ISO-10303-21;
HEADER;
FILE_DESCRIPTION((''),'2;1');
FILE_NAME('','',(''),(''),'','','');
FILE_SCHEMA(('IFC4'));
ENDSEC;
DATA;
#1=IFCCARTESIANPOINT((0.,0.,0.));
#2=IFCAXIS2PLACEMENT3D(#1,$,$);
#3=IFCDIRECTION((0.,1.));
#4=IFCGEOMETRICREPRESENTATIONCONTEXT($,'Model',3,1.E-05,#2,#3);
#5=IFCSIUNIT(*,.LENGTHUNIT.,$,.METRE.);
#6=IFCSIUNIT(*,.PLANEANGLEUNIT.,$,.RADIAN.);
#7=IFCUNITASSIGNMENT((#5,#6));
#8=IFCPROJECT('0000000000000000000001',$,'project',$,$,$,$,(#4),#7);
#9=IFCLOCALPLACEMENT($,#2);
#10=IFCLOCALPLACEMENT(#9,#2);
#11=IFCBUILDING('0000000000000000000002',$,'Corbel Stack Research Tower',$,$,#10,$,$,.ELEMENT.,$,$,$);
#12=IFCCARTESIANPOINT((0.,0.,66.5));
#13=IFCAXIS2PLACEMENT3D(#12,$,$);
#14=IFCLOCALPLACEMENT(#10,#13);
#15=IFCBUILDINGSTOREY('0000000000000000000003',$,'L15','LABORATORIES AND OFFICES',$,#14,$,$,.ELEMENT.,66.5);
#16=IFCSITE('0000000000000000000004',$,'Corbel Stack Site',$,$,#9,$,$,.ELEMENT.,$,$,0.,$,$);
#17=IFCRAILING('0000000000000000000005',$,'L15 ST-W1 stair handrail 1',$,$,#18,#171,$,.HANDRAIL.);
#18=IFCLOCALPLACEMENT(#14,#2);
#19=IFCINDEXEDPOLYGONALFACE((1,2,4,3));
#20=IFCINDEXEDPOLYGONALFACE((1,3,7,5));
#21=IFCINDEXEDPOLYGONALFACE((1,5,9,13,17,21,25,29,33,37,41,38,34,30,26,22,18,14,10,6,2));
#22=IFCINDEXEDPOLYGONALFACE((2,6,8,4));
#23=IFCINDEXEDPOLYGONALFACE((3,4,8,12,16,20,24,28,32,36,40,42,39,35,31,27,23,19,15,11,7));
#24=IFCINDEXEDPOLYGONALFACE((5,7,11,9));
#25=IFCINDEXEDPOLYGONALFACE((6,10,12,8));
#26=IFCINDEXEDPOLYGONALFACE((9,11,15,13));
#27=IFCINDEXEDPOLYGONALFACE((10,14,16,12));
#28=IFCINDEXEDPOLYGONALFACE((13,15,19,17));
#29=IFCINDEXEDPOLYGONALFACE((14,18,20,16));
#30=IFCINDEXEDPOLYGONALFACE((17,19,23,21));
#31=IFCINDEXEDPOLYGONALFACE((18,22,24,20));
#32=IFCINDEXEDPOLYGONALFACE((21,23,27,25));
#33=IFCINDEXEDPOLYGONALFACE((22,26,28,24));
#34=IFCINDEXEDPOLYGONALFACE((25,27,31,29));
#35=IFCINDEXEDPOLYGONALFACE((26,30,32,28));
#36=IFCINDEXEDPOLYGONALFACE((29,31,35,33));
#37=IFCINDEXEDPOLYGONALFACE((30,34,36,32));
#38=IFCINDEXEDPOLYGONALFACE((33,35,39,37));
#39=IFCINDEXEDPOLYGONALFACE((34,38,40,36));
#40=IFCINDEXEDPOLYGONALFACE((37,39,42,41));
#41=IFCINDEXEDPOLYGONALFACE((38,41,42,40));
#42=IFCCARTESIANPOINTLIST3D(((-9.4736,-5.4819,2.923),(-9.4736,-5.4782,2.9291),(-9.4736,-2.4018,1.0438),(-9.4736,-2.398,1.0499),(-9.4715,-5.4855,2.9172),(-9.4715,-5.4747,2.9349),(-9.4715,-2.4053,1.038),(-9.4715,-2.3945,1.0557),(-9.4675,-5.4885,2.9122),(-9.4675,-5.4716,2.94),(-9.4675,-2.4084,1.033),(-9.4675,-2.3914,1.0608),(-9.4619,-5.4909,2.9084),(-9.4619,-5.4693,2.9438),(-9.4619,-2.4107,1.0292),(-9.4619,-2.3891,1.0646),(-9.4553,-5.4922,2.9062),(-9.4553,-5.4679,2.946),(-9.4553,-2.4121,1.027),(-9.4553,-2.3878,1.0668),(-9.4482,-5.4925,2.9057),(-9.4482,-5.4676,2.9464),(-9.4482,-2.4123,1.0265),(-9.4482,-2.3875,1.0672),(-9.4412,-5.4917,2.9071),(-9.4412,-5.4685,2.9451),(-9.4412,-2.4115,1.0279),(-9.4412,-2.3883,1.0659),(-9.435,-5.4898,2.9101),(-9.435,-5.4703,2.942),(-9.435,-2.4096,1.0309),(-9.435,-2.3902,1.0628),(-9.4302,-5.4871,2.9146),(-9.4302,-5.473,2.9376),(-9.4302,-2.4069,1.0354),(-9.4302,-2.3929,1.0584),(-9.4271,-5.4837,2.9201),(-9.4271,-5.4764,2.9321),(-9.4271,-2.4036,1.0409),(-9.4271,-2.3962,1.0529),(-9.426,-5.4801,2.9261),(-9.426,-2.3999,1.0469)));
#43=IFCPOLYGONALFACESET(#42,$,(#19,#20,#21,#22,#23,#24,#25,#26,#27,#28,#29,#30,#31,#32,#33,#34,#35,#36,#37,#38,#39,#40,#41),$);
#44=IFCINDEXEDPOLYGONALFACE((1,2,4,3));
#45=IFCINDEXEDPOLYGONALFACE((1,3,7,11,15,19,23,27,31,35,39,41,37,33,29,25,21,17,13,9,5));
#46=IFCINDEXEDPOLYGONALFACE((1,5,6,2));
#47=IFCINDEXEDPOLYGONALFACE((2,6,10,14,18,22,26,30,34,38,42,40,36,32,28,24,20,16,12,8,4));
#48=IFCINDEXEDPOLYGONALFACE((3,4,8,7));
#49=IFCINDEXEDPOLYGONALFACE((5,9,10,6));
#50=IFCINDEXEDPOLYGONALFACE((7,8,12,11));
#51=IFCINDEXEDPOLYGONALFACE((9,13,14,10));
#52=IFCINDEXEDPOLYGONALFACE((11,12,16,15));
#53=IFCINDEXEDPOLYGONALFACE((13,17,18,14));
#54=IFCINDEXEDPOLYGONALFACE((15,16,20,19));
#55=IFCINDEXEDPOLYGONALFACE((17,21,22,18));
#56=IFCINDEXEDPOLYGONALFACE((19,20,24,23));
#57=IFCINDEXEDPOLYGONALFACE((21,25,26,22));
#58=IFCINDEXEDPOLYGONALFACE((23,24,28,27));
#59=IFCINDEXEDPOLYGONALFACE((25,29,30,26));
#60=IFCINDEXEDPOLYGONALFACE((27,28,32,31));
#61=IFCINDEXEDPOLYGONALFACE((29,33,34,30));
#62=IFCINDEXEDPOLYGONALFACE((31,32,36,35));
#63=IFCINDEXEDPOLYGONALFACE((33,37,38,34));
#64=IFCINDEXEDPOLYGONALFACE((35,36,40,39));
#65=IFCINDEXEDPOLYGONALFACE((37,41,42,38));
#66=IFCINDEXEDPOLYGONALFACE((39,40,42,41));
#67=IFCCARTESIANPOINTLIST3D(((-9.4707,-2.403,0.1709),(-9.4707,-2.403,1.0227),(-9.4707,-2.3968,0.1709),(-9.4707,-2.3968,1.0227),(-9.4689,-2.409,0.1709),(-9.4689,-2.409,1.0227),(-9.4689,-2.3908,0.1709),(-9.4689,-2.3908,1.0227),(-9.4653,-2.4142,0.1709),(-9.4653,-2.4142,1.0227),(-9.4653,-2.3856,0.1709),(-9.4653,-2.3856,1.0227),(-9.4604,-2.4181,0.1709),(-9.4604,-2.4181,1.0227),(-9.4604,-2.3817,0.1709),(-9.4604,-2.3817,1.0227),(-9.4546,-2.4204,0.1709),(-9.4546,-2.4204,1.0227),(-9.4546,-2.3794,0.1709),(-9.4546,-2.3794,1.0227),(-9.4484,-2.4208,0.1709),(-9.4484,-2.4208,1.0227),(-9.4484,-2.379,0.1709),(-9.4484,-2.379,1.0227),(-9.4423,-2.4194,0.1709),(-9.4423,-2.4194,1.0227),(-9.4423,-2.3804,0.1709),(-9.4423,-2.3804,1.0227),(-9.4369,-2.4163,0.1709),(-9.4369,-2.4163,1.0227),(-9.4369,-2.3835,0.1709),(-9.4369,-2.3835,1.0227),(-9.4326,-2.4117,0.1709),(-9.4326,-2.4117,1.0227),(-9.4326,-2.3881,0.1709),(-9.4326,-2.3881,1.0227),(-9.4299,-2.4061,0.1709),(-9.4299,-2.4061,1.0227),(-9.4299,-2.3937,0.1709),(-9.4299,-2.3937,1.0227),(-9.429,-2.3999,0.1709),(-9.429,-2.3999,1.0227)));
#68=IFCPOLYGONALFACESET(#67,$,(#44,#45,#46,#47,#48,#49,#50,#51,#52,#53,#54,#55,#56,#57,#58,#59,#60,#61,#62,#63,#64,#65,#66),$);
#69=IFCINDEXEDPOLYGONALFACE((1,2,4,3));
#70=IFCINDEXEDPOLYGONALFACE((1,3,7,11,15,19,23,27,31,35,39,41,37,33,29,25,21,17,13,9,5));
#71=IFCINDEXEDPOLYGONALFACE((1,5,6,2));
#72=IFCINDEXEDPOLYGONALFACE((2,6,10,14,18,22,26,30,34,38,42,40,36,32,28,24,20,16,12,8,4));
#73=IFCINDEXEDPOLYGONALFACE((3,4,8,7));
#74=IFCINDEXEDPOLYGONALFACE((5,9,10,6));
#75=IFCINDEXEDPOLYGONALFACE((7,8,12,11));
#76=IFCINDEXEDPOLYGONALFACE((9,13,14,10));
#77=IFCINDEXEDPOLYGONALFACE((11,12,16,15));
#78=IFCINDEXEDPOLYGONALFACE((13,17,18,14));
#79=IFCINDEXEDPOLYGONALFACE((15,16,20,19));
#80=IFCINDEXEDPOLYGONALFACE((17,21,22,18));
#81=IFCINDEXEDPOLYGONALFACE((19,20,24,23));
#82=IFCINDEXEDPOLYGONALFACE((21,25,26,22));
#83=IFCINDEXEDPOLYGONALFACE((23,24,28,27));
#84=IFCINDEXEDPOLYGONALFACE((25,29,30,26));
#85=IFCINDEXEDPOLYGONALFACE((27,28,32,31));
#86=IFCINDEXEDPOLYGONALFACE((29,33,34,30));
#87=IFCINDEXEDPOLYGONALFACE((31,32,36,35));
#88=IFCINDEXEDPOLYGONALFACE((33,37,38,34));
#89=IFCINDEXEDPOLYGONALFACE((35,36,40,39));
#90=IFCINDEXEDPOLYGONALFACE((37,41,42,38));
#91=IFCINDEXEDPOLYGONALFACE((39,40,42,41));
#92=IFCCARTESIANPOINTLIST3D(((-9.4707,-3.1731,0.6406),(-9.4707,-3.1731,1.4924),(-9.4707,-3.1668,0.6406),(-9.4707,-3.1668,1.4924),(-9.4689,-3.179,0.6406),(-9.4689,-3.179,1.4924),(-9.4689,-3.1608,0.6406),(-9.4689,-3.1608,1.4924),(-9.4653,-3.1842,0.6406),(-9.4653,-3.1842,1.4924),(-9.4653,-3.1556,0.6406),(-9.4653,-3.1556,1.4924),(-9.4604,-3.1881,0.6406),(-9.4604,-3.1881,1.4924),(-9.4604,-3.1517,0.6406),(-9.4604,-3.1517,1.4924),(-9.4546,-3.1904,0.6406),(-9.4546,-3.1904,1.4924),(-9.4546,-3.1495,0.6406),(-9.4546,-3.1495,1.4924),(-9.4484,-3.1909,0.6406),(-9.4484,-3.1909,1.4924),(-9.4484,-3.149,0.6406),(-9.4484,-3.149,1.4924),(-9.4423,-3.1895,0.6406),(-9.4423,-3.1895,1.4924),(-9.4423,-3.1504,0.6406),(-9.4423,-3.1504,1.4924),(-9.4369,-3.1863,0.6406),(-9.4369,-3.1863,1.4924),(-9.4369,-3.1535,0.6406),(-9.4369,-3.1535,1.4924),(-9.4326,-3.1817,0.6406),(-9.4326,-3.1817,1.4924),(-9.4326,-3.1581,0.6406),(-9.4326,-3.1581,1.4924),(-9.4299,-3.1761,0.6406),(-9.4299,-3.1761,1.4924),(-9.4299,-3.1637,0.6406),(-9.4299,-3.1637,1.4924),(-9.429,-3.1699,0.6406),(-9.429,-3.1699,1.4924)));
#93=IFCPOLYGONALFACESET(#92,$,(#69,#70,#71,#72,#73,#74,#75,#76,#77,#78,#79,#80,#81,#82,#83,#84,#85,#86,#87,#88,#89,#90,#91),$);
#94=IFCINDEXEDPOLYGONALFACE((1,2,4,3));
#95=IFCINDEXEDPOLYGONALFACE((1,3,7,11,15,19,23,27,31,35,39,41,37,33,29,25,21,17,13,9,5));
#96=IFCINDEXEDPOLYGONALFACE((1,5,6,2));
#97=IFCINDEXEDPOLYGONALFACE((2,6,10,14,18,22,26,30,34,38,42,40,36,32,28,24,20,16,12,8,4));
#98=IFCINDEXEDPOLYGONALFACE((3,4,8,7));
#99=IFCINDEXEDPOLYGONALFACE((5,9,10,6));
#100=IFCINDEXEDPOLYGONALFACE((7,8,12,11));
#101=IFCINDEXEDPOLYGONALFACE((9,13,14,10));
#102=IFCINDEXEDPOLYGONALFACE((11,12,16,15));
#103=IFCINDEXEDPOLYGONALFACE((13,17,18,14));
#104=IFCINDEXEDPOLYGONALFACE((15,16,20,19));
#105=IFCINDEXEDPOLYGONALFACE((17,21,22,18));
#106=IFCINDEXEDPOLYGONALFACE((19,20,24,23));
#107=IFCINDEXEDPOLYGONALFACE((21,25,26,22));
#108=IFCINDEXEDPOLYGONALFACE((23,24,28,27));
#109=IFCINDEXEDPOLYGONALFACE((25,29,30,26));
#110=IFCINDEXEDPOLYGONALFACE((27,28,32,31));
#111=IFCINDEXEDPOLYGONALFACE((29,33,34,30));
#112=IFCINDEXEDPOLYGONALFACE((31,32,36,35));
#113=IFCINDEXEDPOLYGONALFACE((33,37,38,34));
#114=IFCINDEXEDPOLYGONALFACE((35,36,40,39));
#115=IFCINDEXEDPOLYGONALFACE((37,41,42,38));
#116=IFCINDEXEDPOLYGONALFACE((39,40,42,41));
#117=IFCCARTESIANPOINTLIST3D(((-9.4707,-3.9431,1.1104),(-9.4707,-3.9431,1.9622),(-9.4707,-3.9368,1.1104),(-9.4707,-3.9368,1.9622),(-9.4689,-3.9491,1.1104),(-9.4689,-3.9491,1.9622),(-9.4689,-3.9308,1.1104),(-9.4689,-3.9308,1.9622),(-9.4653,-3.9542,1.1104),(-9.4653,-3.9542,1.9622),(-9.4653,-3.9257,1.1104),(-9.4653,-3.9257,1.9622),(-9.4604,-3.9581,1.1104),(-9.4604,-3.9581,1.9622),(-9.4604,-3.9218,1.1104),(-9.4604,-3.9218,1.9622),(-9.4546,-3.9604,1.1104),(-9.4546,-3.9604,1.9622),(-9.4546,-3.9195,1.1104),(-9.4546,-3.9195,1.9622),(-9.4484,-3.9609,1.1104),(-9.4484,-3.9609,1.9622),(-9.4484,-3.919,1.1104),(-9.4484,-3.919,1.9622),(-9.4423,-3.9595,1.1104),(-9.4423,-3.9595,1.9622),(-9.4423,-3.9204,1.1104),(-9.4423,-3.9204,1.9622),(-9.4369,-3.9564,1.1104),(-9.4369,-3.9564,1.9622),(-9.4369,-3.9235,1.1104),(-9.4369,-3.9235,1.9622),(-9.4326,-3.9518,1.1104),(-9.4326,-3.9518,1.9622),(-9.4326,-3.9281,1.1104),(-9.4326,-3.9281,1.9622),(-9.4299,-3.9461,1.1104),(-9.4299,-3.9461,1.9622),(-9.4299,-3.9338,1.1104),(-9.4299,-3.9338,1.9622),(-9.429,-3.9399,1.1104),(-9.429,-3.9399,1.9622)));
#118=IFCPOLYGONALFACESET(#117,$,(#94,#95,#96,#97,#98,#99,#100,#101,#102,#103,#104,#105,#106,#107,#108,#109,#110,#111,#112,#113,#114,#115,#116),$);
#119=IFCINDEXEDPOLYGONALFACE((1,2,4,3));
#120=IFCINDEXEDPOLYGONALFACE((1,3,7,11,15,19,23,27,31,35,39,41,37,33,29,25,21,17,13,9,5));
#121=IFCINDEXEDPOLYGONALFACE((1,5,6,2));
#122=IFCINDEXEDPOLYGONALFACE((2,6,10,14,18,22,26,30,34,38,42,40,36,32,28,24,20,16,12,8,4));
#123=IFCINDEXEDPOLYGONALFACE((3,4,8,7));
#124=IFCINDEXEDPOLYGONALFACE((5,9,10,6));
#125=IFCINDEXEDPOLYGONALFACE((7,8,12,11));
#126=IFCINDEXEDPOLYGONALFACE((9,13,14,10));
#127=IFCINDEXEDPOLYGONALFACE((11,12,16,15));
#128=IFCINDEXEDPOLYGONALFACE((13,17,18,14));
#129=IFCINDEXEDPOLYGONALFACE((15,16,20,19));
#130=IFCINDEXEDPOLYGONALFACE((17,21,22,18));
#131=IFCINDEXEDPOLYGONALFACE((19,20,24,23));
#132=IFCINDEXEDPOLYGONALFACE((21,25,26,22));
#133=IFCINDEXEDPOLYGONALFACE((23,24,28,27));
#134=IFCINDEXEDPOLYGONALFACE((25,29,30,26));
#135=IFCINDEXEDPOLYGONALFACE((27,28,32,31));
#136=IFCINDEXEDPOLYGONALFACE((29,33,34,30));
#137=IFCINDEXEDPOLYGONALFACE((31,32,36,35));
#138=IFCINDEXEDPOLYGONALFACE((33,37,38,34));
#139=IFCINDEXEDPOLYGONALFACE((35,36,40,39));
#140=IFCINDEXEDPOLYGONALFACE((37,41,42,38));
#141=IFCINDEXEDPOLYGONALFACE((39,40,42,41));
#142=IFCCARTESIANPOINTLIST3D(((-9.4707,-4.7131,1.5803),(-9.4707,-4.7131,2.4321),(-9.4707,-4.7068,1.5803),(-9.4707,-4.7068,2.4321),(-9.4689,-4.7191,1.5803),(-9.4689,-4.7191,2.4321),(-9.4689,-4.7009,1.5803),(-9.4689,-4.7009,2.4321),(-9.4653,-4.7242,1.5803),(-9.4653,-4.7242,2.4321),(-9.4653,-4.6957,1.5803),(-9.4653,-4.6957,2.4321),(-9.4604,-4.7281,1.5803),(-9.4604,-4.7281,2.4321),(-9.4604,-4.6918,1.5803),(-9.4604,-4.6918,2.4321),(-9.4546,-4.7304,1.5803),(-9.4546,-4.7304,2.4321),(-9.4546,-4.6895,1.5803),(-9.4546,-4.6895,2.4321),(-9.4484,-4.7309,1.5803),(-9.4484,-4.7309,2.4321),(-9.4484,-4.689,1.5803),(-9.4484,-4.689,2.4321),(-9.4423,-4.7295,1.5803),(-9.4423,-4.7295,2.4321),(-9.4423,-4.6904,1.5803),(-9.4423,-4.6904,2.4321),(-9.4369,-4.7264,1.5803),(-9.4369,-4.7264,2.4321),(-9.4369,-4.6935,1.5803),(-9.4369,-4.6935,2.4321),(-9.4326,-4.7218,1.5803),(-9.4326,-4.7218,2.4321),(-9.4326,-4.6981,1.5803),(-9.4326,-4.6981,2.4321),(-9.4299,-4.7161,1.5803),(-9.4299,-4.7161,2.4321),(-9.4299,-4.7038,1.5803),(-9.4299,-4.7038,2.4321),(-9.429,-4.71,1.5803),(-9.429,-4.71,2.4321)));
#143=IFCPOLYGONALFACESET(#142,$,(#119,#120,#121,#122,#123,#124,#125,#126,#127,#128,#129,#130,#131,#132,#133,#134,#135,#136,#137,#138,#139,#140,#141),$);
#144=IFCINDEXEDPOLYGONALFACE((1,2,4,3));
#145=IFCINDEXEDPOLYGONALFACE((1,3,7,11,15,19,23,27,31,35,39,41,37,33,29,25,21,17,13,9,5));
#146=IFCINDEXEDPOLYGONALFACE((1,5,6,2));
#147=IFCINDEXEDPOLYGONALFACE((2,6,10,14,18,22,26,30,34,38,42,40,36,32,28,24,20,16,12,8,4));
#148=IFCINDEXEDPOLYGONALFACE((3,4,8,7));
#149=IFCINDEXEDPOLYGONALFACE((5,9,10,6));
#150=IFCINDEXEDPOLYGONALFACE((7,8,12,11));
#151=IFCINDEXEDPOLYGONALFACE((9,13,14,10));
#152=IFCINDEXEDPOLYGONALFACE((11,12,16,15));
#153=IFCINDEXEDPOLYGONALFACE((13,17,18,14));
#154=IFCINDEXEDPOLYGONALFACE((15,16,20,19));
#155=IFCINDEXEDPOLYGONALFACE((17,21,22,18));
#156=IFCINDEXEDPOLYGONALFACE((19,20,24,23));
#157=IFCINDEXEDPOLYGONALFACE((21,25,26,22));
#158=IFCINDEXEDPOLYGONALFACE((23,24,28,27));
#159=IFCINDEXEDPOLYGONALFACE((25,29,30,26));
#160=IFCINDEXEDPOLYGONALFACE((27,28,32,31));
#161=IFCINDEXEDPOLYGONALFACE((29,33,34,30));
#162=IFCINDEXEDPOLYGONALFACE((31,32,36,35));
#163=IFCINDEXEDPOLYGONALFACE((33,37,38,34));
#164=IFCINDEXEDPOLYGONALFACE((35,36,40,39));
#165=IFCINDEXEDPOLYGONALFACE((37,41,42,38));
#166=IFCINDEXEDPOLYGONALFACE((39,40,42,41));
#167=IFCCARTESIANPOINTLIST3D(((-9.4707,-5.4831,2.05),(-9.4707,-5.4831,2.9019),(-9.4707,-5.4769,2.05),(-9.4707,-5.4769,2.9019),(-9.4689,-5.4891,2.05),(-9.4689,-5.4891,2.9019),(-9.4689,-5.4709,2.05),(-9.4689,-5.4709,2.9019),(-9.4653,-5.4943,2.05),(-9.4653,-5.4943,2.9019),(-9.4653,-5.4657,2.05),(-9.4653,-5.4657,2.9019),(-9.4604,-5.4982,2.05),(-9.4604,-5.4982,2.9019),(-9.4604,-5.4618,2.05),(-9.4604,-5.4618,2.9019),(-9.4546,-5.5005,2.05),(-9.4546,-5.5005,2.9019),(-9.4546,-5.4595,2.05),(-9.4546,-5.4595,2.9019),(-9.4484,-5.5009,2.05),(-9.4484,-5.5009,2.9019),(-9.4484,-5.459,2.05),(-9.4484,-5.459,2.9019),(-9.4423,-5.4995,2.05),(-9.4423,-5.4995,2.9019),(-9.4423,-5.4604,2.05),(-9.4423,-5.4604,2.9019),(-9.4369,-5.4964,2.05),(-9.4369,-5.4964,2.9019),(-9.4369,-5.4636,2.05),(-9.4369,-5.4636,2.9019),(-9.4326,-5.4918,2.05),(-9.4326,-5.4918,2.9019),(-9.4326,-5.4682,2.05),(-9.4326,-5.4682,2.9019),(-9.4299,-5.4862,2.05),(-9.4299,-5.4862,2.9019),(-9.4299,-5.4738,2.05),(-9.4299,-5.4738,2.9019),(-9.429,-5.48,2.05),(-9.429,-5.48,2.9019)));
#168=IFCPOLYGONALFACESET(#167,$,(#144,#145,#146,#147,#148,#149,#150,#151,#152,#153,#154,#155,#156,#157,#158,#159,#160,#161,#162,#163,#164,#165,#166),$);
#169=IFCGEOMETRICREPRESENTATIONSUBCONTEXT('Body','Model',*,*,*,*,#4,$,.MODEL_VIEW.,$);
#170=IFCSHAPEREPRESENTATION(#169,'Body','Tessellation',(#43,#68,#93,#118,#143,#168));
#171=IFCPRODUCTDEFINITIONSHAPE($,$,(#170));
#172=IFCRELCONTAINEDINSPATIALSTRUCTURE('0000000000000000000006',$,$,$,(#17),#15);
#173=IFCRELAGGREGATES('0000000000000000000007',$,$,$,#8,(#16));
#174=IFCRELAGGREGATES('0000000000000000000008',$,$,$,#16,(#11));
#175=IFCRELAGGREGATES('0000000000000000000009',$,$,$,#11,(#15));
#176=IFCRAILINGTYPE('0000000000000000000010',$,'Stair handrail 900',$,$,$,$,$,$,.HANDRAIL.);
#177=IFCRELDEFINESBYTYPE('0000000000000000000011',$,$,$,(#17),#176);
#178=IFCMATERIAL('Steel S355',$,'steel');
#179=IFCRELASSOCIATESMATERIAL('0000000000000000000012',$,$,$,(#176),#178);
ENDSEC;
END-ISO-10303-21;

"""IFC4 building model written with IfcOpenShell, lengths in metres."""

from ifc_helpers import new_model, si_unit, direction, frame, origin, origin_2d, place, context, subcontext, project, spatial, circle, extrude, material, type_object, element, save


model = new_model("IFC4")

# Units and contexts
model_context = context("Model", 3, precision=1e-05, world=origin(), true_north=direction((0.0, 1.0)))
body_context = subcontext(model_context, "Body", "Model", "MODEL_VIEW")
ifc_project = project(units=[si_unit("LENGTHUNIT", "METRE"), si_unit("PLANEANGLEUNIT", "RADIAN")], contexts=[model_context])

# Site, building, storey
site_placement = place(None, origin())
site = spatial("IfcSite", under=ifc_project, at=site_placement, Name="Corbel Stack Site", CompositionType="ELEMENT", RefElevation=0.0)
building_placement = place(site_placement, origin())
building = spatial("IfcBuilding", under=site, at=building_placement, Name="Corbel Stack Research Tower", CompositionType="ELEMENT")
storey_placement = place(building_placement, frame((0.0, 0.0, 66.5)))
storey = spatial("IfcBuildingStorey", under=building, at=storey_placement, Name="L15", Description="LABORATORIES AND OFFICES", CompositionType="ELEMENT", Elevation=66.5)

# Railing
ifc_material_1 = material(Name="Steel S355", Category="steel")
railing_type_1 = type_object("IfcRailingType", Name="Stair handrail 900", PredefinedType="HANDRAIL", material=ifc_material_1)
railing_1_placement = place(storey_placement, frame((-9.45, -2.3999, 0.1709)))
element("IfcRailing", 1, at=railing_1_placement, inside=storey, type_object=railing_type_1, Name="L15 ST-W1 stair handrail 1", PredefinedType="HANDRAIL", context=body_context, shape_type="SweptSolid", body=[
    extrude(circle(Radius=0.0239, at=origin_2d()), frame((0.0, 0.0, 0.876), z_axis=(0.0, -0.853666, 0.52082), x_axis=(1.0, 0.0, 0.0)), (0.0, 0.0, 1.0), 3.6082),
    extrude(circle(Radius=0.021, at=origin_2d()), origin(), (0.0, 0.0, 1.0), 0.8518),
    extrude(circle(Radius=0.021, at=origin_2d()), frame((0.0, -0.77, 0.4697)), (0.0, 0.0, 1.0), 0.8518),
    extrude(circle(Radius=0.021, at=origin_2d()), frame((0.0, -1.54, 0.9395)), (0.0, 0.0, 1.0), 0.8518),
    extrude(circle(Radius=0.021, at=origin_2d()), frame((0.0, -2.3101, 1.4094)), (0.0, 0.0, 1.0), 0.8518),
    extrude(circle(Radius=0.021, at=origin_2d()), frame((0.0, -3.0801, 1.8792)), (0.0, 0.0, 1.0), 0.8518),
])

save(model, "model.ifc")
